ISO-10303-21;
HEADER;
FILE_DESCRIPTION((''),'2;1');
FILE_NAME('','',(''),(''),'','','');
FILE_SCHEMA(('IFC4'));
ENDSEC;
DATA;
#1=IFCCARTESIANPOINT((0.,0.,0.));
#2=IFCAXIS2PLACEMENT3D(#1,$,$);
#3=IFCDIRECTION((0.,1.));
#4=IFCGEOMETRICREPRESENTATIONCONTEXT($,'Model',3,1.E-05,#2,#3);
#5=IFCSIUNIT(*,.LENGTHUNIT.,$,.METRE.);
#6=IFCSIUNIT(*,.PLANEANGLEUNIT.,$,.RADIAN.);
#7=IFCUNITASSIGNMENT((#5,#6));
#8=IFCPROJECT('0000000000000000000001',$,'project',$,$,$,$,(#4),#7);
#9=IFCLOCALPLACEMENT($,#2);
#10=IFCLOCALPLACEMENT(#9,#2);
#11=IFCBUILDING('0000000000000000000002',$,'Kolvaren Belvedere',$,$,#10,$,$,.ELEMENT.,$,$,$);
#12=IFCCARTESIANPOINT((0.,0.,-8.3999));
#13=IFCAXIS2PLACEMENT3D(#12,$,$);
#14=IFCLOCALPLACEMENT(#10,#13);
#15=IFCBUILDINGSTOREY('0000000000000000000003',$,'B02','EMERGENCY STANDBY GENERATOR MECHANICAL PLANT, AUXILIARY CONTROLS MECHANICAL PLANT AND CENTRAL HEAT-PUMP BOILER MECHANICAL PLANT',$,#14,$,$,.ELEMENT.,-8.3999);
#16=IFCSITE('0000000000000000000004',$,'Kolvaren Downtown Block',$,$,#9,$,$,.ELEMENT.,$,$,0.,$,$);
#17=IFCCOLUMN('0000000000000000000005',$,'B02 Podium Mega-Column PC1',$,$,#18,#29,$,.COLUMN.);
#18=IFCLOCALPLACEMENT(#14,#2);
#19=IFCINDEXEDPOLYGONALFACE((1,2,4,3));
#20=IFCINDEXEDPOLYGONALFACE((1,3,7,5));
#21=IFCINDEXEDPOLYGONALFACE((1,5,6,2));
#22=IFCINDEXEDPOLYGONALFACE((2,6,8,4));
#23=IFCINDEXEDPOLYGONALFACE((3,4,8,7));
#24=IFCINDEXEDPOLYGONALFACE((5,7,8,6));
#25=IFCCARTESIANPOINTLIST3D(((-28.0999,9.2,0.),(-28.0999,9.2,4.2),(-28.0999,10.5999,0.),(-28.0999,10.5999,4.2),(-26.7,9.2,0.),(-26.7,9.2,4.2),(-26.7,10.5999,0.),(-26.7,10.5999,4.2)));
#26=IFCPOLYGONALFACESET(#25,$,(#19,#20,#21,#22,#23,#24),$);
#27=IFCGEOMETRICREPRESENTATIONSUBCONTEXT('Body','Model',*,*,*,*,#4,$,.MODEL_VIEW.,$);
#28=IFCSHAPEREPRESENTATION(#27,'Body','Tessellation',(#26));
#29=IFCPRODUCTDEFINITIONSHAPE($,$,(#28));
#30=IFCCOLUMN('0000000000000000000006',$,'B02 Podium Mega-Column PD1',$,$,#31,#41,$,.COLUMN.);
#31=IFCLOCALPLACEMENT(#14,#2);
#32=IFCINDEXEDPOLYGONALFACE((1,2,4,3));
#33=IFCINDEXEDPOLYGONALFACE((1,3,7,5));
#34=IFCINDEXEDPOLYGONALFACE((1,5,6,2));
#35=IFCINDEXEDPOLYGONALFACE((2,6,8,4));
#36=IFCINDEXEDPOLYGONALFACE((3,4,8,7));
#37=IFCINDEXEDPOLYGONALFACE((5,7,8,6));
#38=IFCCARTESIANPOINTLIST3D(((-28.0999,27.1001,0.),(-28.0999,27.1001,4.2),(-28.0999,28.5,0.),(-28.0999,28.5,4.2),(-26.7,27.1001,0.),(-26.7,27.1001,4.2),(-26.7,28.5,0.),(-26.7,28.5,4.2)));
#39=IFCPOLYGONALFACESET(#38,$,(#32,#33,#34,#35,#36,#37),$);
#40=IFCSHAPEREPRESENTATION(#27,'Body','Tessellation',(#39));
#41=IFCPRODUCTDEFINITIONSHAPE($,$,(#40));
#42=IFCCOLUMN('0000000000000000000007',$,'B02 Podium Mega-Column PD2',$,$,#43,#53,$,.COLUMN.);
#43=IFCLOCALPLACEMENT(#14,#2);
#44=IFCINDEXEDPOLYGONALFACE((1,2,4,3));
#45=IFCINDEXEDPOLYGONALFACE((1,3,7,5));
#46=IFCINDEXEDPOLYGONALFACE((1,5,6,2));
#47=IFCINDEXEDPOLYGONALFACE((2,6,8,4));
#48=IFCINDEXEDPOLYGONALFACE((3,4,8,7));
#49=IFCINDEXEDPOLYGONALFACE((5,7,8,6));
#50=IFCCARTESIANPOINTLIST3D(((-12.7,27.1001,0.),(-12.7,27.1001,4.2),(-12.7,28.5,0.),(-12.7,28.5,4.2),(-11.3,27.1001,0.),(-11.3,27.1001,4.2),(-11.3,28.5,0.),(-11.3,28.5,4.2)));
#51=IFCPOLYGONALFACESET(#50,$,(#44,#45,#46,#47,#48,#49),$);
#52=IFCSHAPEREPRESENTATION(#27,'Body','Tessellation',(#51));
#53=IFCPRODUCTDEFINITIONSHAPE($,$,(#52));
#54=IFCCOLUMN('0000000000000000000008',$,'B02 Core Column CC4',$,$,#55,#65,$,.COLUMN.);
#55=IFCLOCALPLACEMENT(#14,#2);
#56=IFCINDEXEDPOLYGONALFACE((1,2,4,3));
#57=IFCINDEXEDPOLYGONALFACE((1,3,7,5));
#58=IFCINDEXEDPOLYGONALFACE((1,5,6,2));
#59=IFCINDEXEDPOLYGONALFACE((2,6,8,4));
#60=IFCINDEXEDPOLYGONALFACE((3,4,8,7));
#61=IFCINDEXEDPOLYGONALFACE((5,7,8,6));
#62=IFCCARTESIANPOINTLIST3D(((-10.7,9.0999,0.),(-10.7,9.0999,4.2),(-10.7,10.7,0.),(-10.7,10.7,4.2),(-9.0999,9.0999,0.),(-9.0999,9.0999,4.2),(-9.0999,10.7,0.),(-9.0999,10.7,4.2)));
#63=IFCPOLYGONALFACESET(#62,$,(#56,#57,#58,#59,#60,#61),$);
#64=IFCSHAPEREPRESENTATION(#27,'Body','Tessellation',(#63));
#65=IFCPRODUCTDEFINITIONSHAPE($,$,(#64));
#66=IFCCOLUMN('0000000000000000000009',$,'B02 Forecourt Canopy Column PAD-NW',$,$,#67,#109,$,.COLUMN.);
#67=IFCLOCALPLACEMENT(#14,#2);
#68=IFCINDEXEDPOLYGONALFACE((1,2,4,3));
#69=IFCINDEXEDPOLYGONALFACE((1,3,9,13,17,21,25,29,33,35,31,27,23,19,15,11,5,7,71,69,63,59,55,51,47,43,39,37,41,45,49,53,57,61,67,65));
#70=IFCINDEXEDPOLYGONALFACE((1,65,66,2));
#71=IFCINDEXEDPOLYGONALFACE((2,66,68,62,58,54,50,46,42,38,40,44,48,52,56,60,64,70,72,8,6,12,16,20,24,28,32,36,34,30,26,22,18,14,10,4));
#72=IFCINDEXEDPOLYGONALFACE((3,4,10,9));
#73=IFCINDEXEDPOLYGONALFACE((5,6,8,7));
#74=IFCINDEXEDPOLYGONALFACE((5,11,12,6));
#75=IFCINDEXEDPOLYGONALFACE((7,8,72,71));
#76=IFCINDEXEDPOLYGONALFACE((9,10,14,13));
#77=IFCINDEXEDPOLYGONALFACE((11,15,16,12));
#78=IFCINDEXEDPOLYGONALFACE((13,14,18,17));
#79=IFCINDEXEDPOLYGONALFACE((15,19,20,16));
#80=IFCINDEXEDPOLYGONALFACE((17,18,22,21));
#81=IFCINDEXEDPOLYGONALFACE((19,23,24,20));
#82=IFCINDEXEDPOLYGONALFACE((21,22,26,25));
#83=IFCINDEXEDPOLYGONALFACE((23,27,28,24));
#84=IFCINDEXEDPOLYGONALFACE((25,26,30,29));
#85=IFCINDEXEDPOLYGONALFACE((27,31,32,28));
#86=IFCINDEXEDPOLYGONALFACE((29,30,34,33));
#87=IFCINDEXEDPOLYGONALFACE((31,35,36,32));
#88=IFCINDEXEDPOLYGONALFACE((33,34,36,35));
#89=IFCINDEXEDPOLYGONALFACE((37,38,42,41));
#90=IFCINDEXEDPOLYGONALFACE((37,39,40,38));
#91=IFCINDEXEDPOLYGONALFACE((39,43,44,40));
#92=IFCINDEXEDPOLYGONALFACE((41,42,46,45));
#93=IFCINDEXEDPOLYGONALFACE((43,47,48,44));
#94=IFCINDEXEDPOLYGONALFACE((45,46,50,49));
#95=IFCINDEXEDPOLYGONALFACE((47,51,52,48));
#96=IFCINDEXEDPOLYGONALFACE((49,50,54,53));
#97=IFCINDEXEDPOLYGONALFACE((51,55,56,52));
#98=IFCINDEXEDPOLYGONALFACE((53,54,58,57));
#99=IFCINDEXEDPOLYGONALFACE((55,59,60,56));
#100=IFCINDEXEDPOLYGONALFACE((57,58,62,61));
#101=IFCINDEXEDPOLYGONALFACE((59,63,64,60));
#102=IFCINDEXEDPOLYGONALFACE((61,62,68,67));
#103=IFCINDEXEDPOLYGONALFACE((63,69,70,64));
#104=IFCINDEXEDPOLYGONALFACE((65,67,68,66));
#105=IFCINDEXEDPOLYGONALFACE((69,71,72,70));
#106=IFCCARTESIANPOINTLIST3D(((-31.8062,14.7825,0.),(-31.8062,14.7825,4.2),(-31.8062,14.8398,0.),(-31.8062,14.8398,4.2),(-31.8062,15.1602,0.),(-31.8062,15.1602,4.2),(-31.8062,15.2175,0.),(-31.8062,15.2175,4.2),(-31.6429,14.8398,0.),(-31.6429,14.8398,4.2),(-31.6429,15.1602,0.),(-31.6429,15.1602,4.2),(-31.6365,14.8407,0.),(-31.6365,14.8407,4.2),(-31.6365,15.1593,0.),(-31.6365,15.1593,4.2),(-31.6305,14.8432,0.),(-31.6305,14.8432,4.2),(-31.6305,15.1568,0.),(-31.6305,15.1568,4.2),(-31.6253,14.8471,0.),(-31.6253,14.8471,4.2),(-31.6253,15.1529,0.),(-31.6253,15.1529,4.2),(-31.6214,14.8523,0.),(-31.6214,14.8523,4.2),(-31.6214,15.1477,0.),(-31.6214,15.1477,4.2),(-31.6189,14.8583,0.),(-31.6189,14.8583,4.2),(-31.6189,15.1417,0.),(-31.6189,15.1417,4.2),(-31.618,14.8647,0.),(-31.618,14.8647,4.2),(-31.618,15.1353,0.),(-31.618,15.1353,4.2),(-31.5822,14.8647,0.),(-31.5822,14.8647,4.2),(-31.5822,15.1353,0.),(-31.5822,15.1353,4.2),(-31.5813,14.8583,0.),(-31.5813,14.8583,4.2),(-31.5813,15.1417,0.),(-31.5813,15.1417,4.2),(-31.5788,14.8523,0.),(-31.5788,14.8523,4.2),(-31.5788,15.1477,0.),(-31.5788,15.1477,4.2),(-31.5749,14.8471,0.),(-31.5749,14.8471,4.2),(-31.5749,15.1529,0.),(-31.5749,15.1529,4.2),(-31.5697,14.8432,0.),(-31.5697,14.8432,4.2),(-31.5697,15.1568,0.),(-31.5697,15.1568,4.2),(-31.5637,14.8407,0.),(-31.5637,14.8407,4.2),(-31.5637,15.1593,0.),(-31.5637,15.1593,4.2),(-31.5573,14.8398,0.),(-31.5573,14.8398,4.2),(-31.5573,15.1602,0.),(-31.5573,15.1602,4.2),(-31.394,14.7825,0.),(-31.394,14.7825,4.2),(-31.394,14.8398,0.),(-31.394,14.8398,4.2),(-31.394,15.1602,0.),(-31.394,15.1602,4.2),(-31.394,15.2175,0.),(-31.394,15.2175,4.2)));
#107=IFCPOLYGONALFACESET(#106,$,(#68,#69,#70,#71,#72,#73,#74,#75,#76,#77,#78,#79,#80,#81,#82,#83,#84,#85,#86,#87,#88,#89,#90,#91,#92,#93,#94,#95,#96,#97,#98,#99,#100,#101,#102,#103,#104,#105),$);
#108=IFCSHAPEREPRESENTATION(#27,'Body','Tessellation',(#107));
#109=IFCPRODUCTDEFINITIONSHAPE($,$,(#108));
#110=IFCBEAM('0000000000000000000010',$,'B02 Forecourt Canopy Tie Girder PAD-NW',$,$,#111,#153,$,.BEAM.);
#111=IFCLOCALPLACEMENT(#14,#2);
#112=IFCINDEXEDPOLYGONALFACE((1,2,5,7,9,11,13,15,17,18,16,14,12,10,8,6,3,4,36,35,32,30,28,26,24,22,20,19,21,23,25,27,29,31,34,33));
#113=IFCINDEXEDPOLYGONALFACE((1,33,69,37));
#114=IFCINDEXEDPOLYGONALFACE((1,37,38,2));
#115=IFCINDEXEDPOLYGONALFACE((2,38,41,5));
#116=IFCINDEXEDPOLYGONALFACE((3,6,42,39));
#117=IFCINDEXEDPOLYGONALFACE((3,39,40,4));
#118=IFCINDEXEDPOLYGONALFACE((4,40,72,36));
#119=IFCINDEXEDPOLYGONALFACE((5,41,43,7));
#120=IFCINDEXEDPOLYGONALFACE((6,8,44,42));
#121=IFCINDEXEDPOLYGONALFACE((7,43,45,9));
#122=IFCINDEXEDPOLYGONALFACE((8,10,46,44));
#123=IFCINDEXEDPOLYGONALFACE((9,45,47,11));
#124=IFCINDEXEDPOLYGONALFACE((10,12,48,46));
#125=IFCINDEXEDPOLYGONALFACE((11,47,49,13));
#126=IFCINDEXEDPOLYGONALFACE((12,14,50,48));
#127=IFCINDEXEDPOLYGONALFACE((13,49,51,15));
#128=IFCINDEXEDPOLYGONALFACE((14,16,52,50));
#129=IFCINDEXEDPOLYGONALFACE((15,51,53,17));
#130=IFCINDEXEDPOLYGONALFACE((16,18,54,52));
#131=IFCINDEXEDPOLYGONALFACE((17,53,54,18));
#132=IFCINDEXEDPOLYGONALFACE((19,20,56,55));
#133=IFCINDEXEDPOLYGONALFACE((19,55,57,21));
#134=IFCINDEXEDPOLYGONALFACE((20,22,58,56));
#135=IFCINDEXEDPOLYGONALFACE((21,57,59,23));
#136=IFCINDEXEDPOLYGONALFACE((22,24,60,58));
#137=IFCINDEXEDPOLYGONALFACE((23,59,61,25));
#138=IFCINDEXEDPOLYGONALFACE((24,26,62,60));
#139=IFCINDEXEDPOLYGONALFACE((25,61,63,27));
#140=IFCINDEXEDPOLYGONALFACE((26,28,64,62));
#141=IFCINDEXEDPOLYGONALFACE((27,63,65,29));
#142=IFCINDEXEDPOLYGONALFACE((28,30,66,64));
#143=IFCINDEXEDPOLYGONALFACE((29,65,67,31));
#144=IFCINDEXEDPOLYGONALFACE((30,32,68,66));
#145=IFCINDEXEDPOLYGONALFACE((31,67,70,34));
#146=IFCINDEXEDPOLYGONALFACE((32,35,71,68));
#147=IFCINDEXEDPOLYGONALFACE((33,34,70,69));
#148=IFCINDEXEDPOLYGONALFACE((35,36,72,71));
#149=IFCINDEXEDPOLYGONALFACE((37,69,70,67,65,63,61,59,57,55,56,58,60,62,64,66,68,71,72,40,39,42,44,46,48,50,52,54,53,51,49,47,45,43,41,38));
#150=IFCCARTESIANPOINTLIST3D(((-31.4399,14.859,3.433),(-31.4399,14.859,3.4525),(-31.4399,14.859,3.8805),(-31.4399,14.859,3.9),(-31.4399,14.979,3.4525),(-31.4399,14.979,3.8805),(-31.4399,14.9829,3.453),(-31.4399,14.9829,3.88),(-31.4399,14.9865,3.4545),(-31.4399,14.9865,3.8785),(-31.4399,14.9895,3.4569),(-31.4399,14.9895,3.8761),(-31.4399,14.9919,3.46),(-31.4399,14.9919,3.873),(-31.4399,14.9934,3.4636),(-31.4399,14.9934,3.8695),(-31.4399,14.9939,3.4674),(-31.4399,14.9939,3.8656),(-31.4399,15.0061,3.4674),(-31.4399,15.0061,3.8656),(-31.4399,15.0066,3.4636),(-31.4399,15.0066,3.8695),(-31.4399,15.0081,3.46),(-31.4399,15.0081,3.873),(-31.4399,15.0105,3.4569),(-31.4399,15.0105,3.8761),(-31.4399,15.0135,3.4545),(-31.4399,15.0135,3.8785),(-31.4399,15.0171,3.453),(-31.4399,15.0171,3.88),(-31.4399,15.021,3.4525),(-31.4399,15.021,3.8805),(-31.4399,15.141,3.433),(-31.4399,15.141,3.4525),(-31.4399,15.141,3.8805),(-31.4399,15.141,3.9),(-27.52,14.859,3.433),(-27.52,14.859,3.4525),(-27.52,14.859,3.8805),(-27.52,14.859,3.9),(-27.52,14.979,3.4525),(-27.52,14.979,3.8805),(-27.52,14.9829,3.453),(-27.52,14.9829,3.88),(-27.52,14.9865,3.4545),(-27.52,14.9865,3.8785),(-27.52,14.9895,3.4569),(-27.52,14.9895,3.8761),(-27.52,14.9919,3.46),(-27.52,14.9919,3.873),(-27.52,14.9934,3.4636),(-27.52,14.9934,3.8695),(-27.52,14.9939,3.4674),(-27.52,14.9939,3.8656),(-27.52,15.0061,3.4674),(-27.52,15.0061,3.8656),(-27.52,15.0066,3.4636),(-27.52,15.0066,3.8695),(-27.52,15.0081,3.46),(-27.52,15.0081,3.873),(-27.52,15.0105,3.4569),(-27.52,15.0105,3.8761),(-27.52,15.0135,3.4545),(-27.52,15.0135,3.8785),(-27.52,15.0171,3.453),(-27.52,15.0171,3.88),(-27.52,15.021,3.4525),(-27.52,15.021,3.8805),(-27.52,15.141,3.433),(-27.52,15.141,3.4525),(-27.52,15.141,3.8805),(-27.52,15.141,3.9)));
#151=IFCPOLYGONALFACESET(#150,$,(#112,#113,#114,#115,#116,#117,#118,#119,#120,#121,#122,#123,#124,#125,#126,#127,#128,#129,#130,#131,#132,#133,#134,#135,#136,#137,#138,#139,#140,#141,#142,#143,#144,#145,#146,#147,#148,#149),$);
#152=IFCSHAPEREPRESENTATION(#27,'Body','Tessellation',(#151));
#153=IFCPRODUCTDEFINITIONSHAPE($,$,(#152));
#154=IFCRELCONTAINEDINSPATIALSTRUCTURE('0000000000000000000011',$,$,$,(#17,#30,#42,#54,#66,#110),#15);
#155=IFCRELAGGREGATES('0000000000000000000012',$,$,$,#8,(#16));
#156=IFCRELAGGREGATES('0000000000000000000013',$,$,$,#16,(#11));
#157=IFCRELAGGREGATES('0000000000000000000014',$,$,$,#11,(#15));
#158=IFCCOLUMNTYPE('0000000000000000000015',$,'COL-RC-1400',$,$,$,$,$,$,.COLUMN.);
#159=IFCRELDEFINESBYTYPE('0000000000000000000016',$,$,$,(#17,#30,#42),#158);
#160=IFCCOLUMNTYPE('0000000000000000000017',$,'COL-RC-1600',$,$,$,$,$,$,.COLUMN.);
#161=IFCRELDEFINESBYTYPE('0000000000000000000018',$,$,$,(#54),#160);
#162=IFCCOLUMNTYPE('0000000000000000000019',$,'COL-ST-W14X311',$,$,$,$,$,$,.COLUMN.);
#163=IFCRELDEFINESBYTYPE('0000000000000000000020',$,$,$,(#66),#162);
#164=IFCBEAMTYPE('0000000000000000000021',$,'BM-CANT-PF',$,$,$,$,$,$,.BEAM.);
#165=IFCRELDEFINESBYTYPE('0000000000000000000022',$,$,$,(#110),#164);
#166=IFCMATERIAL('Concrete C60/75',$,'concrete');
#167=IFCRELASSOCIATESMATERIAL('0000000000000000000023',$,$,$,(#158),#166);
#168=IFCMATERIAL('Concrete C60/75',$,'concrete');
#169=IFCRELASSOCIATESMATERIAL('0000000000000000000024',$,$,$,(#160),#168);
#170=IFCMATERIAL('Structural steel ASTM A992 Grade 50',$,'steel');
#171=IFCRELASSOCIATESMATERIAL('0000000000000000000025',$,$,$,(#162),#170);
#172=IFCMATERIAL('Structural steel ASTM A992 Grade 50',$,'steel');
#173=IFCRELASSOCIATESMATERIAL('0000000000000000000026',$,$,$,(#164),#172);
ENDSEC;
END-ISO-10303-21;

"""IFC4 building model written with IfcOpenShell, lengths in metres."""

from ifc_helpers import new_model, si_unit, direction, frame, origin, origin_2d, place, context, subcontext, project, spatial, rectangle, i_section, extrude, material, material_profile, profile_set, type_object, element, save


model = new_model("IFC4")

# Units and contexts
model_context = context("Model", 3, precision=1e-05, world=origin(), true_north=direction((0.0, 1.0)))
body_context = subcontext(model_context, "Body", "Model", "MODEL_VIEW")
ifc_project = project(units=[si_unit("LENGTHUNIT", "METRE"), si_unit("PLANEANGLEUNIT", "RADIAN")], contexts=[model_context])

# Site, building, storey
site_placement = place(None, origin())
site = spatial("IfcSite", under=ifc_project, at=site_placement, Name="Kolvaren Downtown Block", CompositionType="ELEMENT", RefElevation=0.0)
building_placement = place(site_placement, origin())
building = spatial("IfcBuilding", under=site, at=building_placement, Name="Kolvaren Belvedere", CompositionType="ELEMENT")
storey_placement = place(building_placement, frame((0.0, 0.0, -8.3999)))
storey = spatial("IfcBuildingStorey", under=building, at=storey_placement, Name="B02", Description="EMERGENCY STANDBY GENERATOR MECHANICAL PLANT, AUXILIARY CONTROLS MECHANICAL PLANT AND CENTRAL HEAT-PUMP BOILER MECHANICAL PLANT", CompositionType="ELEMENT", Elevation=-8.3999)

# Columns
ifc_material_1 = material(Name="Concrete C60/75", Category="concrete")
ifc_material_profile_1 = material_profile(ifc_material_1, rectangle(XDim=1.3999, YDim=1.3999, at=origin_2d()), Name="RC 1400X1400")
ifc_profile_set_1 = profile_set([ifc_material_profile_1], Name="Concrete C60/75")
column_type_1 = type_object("IfcColumnType", Name="COL-RC-1400", PredefinedType="COLUMN", material=ifc_profile_set_1)
for number, where, z_axis, x_axis, name in (
    (1, (-27.3999, 9.8999, 0.0), (0.0, 0.0, 1.0), (1.0, 0.0, 0.0), "B02 Podium Mega-Column PC1"),
    (2, (-27.3999, 27.8, 0.0), (0.0, 0.0, 1.0), (1.0, 0.0, 0.0), "B02 Podium Mega-Column PD1"),
    (3, (-12.0, 27.8, 0.0), (0.0, 0.0, 1.0), (1.0, 0.0, 0.0), "B02 Podium Mega-Column PD2"),
):
    element("IfcColumn", number, at=place(storey_placement, frame(where, z_axis=z_axis, x_axis=x_axis)), inside=storey, type_object=column_type_1, Name=name, PredefinedType="COLUMN", context=body_context, shape_type="SweptSolid", body=[
        extrude(rectangle(XDim=1.3999, YDim=1.3999, at=origin_2d()), origin(), (0.0, 0.0, 1.0), 4.2),
    ])
ifc_material_2 = material(Name="Concrete C60/75", Category="concrete")
ifc_material_profile_2 = material_profile(ifc_material_2, rectangle(XDim=1.6001, YDim=1.6001, at=origin_2d()), Name="RC 1600X1600")
ifc_profile_set_2 = profile_set([ifc_material_profile_2], Name="Concrete C60/75")
column_type_2 = type_object("IfcColumnType", Name="COL-RC-1600", PredefinedType="COLUMN", material=ifc_profile_set_2)
column_1_placement = place(storey_placement, frame((-9.8999, 9.8999, 0.0), z_axis=(0.0, 0.0, 1.0), x_axis=(1.0, 0.0, 0.0)))
element("IfcColumn", 4, at=column_1_placement, inside=storey, type_object=column_type_2, Name="B02 Core Column CC4", PredefinedType="COLUMN", context=body_context, shape_type="SweptSolid", body=[
    extrude(rectangle(XDim=1.6001, YDim=1.6001, at=origin_2d()), origin(), (0.0, 0.0, 1.0), 4.2),
])
ifc_material_3 = material(Name="Structural steel ASTM A992 Grade 50", Category="steel")
ifc_material_profile_3 = material_profile(ifc_material_3, i_section(OverallWidth=0.4121, OverallDepth=0.4351, WebThickness=0.0359, FlangeThickness=0.0574, FilletRadius=0.0249, at=origin_2d()), Name="W14X311")
ifc_profile_set_3 = profile_set([ifc_material_profile_3], Name="Structural steel ASTM A992 Grade 50")
column_type_3 = type_object("IfcColumnType", Name="COL-ST-W14X311", PredefinedType="COLUMN", material=ifc_profile_set_3)
column_2_placement = place(storey_placement, frame((-31.6001, 15.0, 0.0), z_axis=(0.0, 0.0, 1.0), x_axis=(1.0, 0.0, 0.0)))
element("IfcColumn", 5, at=column_2_placement, inside=storey, type_object=column_type_3, Name="B02 Forecourt Canopy Column PAD-NW", PredefinedType="COLUMN", context=body_context, shape_type="SweptSolid", body=[
    extrude(i_section(OverallWidth=0.4121, OverallDepth=0.4351, WebThickness=0.0359, FlangeThickness=0.0574, FilletRadius=0.0249, at=origin_2d()), origin(), (0.0, 0.0, 1.0), 4.2),
])

# Beam
ifc_material_4 = material(Name="Structural steel ASTM A992 Grade 50", Category="steel")
ifc_material_profile_4 = material_profile(ifc_material_4, i_section(OverallWidth=0.282, OverallDepth=0.467, WebThickness=0.0122, FlangeThickness=0.0195, FilletRadius=0.0149, at=origin_2d()), Name="W18X86")
ifc_profile_set_4 = profile_set([ifc_material_profile_4], Name="Structural steel ASTM A992 Grade 50")
beam_type_1 = type_object("IfcBeamType", Name="BM-CANT-PF", PredefinedType="BEAM", material=ifc_profile_set_4)
beam_1_placement = place(storey_placement, frame((-31.4399, 15.0, 3.6665), z_axis=(1.0, 0.0, 0.0), x_axis=(0.0, 1.0, 0.0)))
element("IfcBeam", 6, at=beam_1_placement, inside=storey, type_object=beam_type_1, Name="B02 Forecourt Canopy Tie Girder PAD-NW", PredefinedType="BEAM", context=body_context, shape_type="SweptSolid", body=[
    extrude(i_section(OverallWidth=0.282, OverallDepth=0.467, WebThickness=0.0122, FlangeThickness=0.0195, FilletRadius=0.0149, at=origin_2d()), origin(), (0.0, 0.0, 1.0), 3.9199),
])

save(model, "model.ifc")
